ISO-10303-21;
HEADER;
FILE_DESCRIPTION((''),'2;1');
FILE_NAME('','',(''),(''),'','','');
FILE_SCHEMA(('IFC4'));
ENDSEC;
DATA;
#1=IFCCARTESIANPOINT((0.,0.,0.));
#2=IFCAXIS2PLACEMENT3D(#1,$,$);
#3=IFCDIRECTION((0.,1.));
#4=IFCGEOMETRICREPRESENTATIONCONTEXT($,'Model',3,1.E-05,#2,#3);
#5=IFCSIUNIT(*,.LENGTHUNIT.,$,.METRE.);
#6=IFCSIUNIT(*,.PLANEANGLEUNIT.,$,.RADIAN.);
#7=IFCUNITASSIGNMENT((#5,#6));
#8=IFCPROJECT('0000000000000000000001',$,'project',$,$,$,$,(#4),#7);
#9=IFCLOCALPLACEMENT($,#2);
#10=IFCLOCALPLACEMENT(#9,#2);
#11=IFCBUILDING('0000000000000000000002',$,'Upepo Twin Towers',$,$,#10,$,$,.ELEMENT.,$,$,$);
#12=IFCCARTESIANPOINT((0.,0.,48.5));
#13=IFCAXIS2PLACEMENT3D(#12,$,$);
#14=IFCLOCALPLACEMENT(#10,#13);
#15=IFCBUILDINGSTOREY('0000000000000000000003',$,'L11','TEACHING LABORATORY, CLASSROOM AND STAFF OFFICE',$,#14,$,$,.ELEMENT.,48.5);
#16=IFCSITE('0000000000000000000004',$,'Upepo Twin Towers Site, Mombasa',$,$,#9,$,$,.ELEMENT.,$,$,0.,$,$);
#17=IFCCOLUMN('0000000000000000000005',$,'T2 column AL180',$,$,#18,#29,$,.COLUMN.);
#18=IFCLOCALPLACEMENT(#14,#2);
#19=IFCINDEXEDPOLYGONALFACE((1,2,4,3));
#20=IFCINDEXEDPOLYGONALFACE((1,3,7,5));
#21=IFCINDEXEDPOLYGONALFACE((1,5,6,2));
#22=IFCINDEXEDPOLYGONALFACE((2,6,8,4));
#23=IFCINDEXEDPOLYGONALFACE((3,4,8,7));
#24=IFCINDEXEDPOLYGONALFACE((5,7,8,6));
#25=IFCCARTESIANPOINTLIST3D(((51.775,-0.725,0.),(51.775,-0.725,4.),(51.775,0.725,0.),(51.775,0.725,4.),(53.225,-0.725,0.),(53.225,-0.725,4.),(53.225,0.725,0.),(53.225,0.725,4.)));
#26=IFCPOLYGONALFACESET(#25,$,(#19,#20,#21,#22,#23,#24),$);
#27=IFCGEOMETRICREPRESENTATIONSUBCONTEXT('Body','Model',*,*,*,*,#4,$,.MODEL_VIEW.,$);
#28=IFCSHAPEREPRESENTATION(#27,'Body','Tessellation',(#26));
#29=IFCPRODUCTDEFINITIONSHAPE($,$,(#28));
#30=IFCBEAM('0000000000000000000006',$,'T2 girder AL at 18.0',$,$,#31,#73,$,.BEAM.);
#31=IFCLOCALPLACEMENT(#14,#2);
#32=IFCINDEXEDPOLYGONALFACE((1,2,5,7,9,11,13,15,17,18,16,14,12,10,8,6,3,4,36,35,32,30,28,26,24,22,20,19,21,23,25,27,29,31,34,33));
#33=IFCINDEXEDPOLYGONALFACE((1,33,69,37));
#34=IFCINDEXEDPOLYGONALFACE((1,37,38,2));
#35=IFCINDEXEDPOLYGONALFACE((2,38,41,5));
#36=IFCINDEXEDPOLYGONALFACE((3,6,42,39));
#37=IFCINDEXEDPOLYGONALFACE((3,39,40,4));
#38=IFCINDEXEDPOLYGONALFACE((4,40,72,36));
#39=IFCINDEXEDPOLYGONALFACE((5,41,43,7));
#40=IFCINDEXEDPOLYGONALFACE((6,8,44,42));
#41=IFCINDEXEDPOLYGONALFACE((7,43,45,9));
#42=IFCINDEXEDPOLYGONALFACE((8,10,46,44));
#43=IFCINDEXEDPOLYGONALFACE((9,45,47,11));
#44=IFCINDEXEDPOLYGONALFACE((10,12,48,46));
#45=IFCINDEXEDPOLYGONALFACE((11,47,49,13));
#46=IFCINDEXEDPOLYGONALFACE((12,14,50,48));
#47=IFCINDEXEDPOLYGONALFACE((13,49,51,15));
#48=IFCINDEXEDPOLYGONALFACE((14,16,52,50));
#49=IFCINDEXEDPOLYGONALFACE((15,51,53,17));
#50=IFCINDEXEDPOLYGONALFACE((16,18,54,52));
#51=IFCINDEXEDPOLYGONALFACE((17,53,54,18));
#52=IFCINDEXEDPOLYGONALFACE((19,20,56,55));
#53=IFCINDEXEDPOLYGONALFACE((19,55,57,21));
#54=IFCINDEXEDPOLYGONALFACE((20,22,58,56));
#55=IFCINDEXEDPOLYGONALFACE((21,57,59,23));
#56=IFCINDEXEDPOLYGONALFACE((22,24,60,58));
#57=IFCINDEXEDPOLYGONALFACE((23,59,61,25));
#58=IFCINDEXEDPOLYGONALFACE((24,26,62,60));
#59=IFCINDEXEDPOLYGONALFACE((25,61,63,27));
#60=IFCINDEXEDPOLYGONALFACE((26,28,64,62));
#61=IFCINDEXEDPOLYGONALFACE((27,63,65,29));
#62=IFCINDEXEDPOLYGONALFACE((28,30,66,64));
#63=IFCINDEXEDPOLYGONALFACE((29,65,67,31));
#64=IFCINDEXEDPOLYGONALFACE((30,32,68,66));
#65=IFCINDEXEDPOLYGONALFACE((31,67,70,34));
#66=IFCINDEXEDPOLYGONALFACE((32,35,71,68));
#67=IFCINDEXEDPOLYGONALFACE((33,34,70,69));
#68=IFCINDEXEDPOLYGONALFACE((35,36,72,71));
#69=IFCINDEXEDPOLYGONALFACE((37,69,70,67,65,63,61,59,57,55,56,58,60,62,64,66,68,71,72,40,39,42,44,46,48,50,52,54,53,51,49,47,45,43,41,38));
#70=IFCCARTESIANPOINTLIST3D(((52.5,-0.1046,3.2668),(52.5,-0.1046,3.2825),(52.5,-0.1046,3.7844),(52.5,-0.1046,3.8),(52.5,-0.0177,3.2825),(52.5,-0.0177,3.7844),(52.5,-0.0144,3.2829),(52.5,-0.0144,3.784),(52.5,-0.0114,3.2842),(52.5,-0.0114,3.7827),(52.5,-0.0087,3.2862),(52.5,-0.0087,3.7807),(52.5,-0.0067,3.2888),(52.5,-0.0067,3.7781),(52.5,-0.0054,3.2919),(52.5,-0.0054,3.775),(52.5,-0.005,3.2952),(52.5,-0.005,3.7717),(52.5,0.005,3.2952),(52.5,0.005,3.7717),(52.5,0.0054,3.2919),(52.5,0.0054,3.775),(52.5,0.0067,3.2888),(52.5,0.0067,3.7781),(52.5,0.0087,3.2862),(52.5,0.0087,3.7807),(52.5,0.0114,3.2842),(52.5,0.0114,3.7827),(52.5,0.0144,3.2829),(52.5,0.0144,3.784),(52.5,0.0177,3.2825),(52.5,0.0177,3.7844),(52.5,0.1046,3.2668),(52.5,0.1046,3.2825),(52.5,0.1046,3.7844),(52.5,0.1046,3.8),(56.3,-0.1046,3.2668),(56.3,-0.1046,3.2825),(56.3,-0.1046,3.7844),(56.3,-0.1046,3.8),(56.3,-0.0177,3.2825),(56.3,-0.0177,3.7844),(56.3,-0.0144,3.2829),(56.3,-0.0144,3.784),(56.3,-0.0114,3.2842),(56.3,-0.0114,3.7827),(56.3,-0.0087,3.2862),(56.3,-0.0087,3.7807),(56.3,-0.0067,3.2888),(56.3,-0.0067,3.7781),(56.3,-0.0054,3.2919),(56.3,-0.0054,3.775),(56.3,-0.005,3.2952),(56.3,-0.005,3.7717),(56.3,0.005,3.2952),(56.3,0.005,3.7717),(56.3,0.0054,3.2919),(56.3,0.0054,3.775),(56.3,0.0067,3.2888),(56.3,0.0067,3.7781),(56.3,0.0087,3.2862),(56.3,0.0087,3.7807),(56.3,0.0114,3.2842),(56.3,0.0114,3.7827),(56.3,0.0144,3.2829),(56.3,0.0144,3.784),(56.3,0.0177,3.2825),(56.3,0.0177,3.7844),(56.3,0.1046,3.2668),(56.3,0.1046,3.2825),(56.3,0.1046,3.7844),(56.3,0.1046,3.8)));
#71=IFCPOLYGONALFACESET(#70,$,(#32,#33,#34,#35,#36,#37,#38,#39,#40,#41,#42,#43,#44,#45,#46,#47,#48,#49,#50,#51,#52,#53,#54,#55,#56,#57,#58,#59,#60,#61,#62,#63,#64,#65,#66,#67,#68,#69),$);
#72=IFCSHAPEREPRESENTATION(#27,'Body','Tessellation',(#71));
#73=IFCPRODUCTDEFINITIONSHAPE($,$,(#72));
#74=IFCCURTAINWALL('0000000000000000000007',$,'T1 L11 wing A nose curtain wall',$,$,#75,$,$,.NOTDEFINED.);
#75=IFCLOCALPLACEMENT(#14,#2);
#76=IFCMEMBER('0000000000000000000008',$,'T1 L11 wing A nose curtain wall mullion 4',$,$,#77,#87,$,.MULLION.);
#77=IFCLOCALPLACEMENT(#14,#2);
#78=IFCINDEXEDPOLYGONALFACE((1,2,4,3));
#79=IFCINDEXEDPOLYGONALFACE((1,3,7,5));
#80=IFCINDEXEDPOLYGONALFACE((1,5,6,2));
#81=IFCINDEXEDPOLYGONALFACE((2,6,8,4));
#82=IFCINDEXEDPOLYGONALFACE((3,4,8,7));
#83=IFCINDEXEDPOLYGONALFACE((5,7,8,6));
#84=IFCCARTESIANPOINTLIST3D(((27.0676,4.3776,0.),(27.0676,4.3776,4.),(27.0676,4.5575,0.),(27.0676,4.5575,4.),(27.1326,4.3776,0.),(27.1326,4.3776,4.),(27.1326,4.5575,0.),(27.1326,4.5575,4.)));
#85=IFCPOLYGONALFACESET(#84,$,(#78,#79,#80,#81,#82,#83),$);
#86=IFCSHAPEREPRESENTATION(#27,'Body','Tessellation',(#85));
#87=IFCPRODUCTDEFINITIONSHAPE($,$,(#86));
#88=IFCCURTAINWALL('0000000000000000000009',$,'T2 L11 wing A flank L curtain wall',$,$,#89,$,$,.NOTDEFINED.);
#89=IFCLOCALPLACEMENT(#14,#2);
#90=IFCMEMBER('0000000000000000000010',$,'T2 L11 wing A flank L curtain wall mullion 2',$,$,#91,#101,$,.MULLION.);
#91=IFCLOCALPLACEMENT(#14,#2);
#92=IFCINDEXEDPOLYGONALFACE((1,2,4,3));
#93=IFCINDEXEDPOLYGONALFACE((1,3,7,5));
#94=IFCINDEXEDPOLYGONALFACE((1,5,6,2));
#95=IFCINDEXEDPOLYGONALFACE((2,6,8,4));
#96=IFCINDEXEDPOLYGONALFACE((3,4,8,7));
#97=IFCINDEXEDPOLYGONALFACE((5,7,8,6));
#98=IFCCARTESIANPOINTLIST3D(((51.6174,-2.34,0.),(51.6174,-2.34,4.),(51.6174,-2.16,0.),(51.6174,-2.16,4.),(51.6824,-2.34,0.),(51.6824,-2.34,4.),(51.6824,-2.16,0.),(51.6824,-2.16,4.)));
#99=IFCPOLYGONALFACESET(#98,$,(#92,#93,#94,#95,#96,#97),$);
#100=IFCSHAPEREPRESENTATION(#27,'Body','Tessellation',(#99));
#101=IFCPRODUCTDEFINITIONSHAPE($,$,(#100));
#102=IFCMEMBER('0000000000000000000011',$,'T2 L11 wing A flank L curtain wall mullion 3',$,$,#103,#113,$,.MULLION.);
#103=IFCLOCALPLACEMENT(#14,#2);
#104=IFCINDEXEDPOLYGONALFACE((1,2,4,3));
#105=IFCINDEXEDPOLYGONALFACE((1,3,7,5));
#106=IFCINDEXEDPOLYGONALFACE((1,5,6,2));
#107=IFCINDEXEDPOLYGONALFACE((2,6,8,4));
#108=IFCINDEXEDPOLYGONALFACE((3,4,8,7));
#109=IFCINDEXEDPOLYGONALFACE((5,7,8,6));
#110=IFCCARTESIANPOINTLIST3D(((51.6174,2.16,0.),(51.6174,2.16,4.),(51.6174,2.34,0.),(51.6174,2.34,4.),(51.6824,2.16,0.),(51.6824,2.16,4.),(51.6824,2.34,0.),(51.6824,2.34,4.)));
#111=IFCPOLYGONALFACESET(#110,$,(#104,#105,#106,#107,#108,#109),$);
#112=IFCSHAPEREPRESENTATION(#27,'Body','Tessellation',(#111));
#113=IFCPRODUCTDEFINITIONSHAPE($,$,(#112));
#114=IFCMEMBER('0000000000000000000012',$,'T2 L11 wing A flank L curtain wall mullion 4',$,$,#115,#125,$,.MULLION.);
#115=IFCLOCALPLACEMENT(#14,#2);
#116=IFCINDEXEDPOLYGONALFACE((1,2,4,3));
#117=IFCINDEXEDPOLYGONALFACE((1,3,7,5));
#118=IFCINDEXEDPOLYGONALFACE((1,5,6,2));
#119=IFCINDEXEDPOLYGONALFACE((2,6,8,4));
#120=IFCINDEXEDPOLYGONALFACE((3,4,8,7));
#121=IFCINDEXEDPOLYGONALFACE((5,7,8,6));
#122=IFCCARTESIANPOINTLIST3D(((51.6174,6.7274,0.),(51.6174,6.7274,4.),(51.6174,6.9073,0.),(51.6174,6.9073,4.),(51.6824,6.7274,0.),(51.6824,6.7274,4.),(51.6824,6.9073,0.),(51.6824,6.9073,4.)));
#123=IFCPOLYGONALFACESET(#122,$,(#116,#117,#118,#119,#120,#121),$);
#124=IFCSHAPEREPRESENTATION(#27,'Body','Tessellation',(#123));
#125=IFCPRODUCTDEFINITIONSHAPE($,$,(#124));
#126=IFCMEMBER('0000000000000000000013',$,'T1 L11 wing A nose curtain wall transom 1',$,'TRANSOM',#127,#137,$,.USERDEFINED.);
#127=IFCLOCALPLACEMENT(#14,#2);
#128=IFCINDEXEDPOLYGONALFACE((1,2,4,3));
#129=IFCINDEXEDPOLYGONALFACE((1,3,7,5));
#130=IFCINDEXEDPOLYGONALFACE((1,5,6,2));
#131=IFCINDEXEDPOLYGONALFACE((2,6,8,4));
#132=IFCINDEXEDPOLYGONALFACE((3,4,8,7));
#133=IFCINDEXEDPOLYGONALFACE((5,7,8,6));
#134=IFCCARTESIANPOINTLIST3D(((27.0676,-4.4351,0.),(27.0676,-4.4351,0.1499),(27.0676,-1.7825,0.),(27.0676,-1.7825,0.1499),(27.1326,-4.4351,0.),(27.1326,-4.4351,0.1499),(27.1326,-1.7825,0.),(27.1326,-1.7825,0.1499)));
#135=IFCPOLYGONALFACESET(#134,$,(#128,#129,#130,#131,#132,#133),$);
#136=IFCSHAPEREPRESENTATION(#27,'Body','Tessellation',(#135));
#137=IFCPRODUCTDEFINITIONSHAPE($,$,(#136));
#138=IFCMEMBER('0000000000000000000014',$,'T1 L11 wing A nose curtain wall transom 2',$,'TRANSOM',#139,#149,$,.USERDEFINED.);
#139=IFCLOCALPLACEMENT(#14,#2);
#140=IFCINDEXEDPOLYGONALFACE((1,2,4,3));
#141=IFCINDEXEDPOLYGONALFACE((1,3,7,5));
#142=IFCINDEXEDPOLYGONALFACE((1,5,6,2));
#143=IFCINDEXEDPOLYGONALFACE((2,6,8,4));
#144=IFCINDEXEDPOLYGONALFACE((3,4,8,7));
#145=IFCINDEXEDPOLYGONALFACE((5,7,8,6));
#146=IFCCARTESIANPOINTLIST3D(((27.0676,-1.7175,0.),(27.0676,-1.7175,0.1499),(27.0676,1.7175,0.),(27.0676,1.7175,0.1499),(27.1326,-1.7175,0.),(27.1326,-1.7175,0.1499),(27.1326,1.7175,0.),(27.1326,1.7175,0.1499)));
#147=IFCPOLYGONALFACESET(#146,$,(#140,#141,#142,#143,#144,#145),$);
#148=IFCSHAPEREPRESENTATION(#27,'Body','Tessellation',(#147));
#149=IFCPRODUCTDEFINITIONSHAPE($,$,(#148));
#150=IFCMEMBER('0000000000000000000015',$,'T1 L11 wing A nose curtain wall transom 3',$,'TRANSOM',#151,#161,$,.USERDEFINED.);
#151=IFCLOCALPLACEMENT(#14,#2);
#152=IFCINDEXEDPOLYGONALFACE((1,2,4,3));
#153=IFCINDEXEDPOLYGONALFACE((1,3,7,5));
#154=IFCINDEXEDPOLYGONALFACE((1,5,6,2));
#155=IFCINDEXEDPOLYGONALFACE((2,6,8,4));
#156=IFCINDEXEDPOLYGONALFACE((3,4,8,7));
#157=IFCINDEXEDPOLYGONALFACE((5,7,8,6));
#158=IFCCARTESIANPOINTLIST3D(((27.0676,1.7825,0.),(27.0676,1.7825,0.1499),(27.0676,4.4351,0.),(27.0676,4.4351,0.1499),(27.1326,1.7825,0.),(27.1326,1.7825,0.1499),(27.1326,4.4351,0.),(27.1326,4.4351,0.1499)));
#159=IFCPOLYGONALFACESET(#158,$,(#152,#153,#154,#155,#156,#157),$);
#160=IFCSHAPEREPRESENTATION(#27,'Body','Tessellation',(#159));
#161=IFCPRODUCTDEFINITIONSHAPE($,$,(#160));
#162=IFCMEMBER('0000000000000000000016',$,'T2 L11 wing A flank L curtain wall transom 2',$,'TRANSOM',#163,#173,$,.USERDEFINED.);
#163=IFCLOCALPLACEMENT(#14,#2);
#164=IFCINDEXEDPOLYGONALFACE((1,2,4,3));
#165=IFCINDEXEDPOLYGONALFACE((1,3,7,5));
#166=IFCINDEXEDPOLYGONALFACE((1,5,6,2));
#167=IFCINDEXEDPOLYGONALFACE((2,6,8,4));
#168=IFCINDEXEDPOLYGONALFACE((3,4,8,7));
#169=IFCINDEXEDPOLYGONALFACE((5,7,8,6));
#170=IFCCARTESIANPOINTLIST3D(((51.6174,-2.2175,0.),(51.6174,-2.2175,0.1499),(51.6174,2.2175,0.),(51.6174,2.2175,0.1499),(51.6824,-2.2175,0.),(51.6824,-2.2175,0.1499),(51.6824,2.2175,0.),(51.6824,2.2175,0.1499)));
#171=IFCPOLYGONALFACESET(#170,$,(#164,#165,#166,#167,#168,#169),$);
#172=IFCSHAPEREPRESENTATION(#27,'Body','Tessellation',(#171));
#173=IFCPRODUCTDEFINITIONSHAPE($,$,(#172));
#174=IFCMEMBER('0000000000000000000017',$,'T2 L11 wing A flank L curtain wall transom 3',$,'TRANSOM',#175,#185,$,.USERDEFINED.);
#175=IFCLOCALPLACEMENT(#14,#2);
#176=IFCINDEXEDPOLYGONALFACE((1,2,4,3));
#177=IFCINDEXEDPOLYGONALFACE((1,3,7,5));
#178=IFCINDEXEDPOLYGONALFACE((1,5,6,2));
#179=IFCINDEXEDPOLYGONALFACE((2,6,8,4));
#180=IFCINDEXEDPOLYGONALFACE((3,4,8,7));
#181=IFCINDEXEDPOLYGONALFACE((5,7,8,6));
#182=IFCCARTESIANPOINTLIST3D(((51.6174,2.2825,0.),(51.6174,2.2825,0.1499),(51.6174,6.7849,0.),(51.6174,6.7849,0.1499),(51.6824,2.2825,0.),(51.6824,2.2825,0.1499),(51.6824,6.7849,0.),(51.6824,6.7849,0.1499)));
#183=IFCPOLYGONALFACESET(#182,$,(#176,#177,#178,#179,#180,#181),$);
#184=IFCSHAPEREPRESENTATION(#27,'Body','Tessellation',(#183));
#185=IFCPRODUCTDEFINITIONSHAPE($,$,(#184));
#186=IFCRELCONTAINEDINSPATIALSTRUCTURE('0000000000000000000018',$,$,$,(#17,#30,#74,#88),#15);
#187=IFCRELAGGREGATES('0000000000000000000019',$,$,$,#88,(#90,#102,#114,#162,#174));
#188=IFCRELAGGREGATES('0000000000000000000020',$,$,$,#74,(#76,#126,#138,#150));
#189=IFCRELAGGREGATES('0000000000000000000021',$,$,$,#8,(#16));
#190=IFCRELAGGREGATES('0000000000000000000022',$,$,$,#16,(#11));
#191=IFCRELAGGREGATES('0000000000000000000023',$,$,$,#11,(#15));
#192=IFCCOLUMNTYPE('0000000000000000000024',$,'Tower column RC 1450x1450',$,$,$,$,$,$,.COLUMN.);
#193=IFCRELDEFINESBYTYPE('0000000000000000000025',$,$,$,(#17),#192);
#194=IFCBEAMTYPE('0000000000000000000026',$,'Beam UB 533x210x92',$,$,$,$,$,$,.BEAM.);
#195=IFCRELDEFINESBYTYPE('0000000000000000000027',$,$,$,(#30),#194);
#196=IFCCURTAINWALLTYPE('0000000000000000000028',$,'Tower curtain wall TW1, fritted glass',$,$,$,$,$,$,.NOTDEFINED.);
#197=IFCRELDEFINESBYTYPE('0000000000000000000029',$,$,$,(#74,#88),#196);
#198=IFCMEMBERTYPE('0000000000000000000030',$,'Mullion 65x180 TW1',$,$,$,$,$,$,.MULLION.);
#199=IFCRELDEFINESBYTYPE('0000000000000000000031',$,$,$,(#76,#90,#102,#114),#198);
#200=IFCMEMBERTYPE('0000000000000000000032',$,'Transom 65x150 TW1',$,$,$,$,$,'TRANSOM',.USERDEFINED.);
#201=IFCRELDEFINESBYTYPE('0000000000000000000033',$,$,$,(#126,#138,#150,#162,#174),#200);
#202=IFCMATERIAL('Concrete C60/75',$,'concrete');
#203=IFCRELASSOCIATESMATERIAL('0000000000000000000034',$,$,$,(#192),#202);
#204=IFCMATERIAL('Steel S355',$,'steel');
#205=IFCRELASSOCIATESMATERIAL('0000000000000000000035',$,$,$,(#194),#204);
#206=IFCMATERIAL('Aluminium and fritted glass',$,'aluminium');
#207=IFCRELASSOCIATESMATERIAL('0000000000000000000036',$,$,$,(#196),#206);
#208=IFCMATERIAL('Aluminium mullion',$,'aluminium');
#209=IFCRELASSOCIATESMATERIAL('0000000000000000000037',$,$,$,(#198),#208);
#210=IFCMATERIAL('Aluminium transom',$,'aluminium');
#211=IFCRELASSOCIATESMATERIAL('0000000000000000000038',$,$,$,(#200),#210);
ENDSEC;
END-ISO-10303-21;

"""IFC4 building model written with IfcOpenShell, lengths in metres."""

from ifc_helpers import new_model, si_unit, direction, frame, origin, origin_2d, place, context, subcontext, project, spatial, rectangle, i_section, extrude, material, material_profile, profile_set, type_object, element, aggregate, save


model = new_model("IFC4")

# Units and contexts
model_context = context("Model", 3, precision=1e-05, world=origin(), true_north=direction((0.0, 1.0)))
body_context = subcontext(model_context, "Body", "Model", "MODEL_VIEW")
ifc_project = project(units=[si_unit("LENGTHUNIT", "METRE"), si_unit("PLANEANGLEUNIT", "RADIAN")], contexts=[model_context])

# Site, building, storey
site_placement = place(None, origin())
site = spatial("IfcSite", under=ifc_project, at=site_placement, Name="Upepo Twin Towers Site, Mombasa", CompositionType="ELEMENT", RefElevation=0.0)
building_placement = place(site_placement, origin())
building = spatial("IfcBuilding", under=site, at=building_placement, Name="Upepo Twin Towers", CompositionType="ELEMENT")
storey_placement = place(building_placement, frame((0.0, 0.0, 48.5)))
storey = spatial("IfcBuildingStorey", under=building, at=storey_placement, Name="L11", Description="TEACHING LABORATORY, CLASSROOM AND STAFF OFFICE", CompositionType="ELEMENT", Elevation=48.5)

# Column
ifc_material_1 = material(Name="Concrete C60/75", Category="concrete")
ifc_material_profile_1 = material_profile(ifc_material_1, rectangle(XDim=1.45, YDim=1.45, at=origin_2d()), Name="RC 1450x1450")
ifc_profile_set_1 = profile_set([ifc_material_profile_1], Name="Concrete C60/75")
column_type = type_object("IfcColumnType", Name="Tower column RC 1450x1450", PredefinedType="COLUMN", material=ifc_profile_set_1)
column_placement = place(storey_placement, frame((52.5, 0.0, 0.0), z_axis=(0.0, 0.0, 1.0), x_axis=(1.0, 0.0, 0.0)))
element("IfcColumn", 1, at=column_placement, inside=storey, type_object=column_type, Name="T2 column AL180", PredefinedType="COLUMN", context=body_context, shape_type="SweptSolid", body=[
    extrude(rectangle(XDim=1.45, YDim=1.45, at=origin_2d()), origin(), (0.0, 0.0, 1.0), 4.0),
])

# Beam
ifc_material_2 = material(Name="Steel S355", Category="steel")
ifc_material_profile_2 = material_profile(ifc_material_2, i_section(OverallWidth=0.2092, OverallDepth=0.5332, WebThickness=0.01, FlangeThickness=0.0156, FilletRadius=0.0127, at=origin_2d()), Name="UB 533x210x92")
ifc_profile_set_2 = profile_set([ifc_material_profile_2], Name="Steel S355")
beam_type = type_object("IfcBeamType", Name="Beam UB 533x210x92", PredefinedType="BEAM", material=ifc_profile_set_2)
beam_placement = place(storey_placement, frame((52.5, 0.0, 3.5334), z_axis=(1.0, 0.0, 0.0), x_axis=(0.0, 1.0, 0.0)))
element("IfcBeam", 2, at=beam_placement, inside=storey, type_object=beam_type, Name="T2 girder AL at 18.0", PredefinedType="BEAM", context=body_context, shape_type="SweptSolid", body=[
    extrude(i_section(OverallWidth=0.2092, OverallDepth=0.5332, WebThickness=0.01, FlangeThickness=0.0156, FilletRadius=0.0127, at=origin_2d()), origin(), (0.0, 0.0, 1.0), 3.8),
])

# Curtain wall, member
ifc_material_3 = material(Name="Aluminium and fritted glass", Category="aluminium")
curtain_wall_type = type_object("IfcCurtainWallType", Name="Tower curtain wall TW1, fritted glass", PredefinedType="NOTDEFINED", material=ifc_material_3)
curtain_wall_1_placement = place(storey_placement, origin())
curtain_wall_1 = element("IfcCurtainWall", 3, at=curtain_wall_1_placement, inside=storey, type_object=curtain_wall_type, Name="T1 L11 wing A nose curtain wall", PredefinedType="NOTDEFINED")
ifc_material_4 = material(Name="Aluminium mullion", Category="aluminium")
ifc_material_profile_3 = material_profile(ifc_material_4, rectangle(XDim=0.0649, YDim=0.1799, at=origin_2d()), Name="MULLION 65x180")
ifc_profile_set_3 = profile_set([ifc_material_profile_3], Name="Aluminium mullion")
member_type_1 = type_object("IfcMemberType", Name="Mullion 65x180 TW1", PredefinedType="MULLION", material=ifc_profile_set_3)
member_1_placement = place(storey_placement, frame((27.1001, 4.4675, 0.0), z_axis=(0.0, 0.0, 1.0), x_axis=(-1.0, 0.0, 0.0)))
member_1 = element("IfcMember", 4, at=member_1_placement, type_object=member_type_1, Name="T1 L11 wing A nose curtain wall mullion 4", PredefinedType="MULLION", context=body_context, shape_type="SweptSolid", body=[
    extrude(rectangle(XDim=0.0649, YDim=0.1799, at=origin_2d()), origin(), (0.0, 0.0, 1.0), 4.0),
])

# Curtain wall, members
curtain_wall_2_placement = place(storey_placement, origin())
curtain_wall_2 = element("IfcCurtainWall", 5, at=curtain_wall_2_placement, inside=storey, type_object=curtain_wall_type, Name="T2 L11 wing A flank L curtain wall", PredefinedType="NOTDEFINED")
member_2_placement = place(storey_placement, frame((51.6499, -2.25, 0.0), z_axis=(0.0, 0.0, 1.0), x_axis=(-1.0, 0.0, 0.0)))
member_2 = element("IfcMember", 6, at=member_2_placement, type_object=member_type_1, Name="T2 L11 wing A flank L curtain wall mullion 2", PredefinedType="MULLION", context=body_context, shape_type="SweptSolid", body=[
    extrude(rectangle(XDim=0.0649, YDim=0.1799, at=origin_2d()), origin(), (0.0, 0.0, 1.0), 4.0),
])
member_3_placement = place(storey_placement, frame((51.6499, 2.25, 0.0), z_axis=(0.0, 0.0, 1.0), x_axis=(-1.0, 0.0, 0.0)))
member_3 = element("IfcMember", 7, at=member_3_placement, type_object=member_type_1, Name="T2 L11 wing A flank L curtain wall mullion 3", PredefinedType="MULLION", context=body_context, shape_type="SweptSolid", body=[
    extrude(rectangle(XDim=0.0649, YDim=0.1799, at=origin_2d()), origin(), (0.0, 0.0, 1.0), 4.0),
])
member_4_placement = place(storey_placement, frame((51.6499, 6.8174, 0.0), z_axis=(0.0, 0.0, 1.0), x_axis=(-1.0, 0.0, 0.0)))
member_4 = element("IfcMember", 8, at=member_4_placement, type_object=member_type_1, Name="T2 L11 wing A flank L curtain wall mullion 4", PredefinedType="MULLION", context=body_context, shape_type="SweptSolid", body=[
    extrude(rectangle(XDim=0.0649, YDim=0.1799, at=origin_2d()), origin(), (0.0, 0.0, 1.0), 4.0),
])

# Members
ifc_material_5 = material(Name="Aluminium transom", Category="aluminium")
ifc_material_profile_4 = material_profile(ifc_material_5, rectangle(XDim=0.0649, YDim=0.1499, at=origin_2d()), Name="TRANSOM 65x150")
ifc_profile_set_4 = profile_set([ifc_material_profile_4], Name="Aluminium transom")
member_type_2 = type_object("IfcMemberType", Name="Transom 65x150 TW1", ElementType="TRANSOM", PredefinedType="USERDEFINED", material=ifc_profile_set_4)
member_5_placement = place(storey_placement, frame((27.1001, -4.4351, 0.075), z_axis=(0.0, 1.0, 0.0), x_axis=(-1.0, 0.0, 0.0)))
member_5 = element("IfcMember", 9, at=member_5_placement, type_object=member_type_2, Name="T1 L11 wing A nose curtain wall transom 1", ObjectType="TRANSOM", PredefinedType="USERDEFINED", context=body_context, shape_type="SweptSolid", body=[
    extrude(rectangle(XDim=0.0649, YDim=0.1499, at=origin_2d()), origin(), (0.0, 0.0, 1.0), 2.6526),
])
member_6_placement = place(storey_placement, frame((27.1001, -1.7175, 0.075), z_axis=(0.0, 1.0, 0.0), x_axis=(-1.0, 0.0, 0.0)))
member_6 = element("IfcMember", 10, at=member_6_placement, type_object=member_type_2, Name="T1 L11 wing A nose curtain wall transom 2", ObjectType="TRANSOM", PredefinedType="USERDEFINED", context=body_context, shape_type="SweptSolid", body=[
    extrude(rectangle(XDim=0.0649, YDim=0.1499, at=origin_2d()), origin(), (0.0, 0.0, 1.0), 3.4351),
])
member_7_placement = place(storey_placement, frame((27.1001, 1.7825, 0.075), z_axis=(0.0, 1.0, 0.0), x_axis=(-1.0, 0.0, 0.0)))
member_7 = element("IfcMember", 11, at=member_7_placement, type_object=member_type_2, Name="T1 L11 wing A nose curtain wall transom 3", ObjectType="TRANSOM", PredefinedType="USERDEFINED", context=body_context, shape_type="SweptSolid", body=[
    extrude(rectangle(XDim=0.0649, YDim=0.1499, at=origin_2d()), origin(), (0.0, 0.0, 1.0), 2.6526),
])
member_8_placement = place(storey_placement, frame((51.6499, -2.2175, 0.075), z_axis=(0.0, 1.0, 0.0), x_axis=(-1.0, 0.0, 0.0)))
member_8 = element("IfcMember", 12, at=member_8_placement, type_object=member_type_2, Name="T2 L11 wing A flank L curtain wall transom 2", ObjectType="TRANSOM", PredefinedType="USERDEFINED", context=body_context, shape_type="SweptSolid", body=[
    extrude(rectangle(XDim=0.0649, YDim=0.1499, at=origin_2d()), origin(), (0.0, 0.0, 1.0), 4.4351),
])
member_9_placement = place(storey_placement, frame((51.6499, 2.2825, 0.075), z_axis=(0.0, 1.0, 0.0), x_axis=(-1.0, 0.0, 0.0)))
member_9 = element("IfcMember", 13, at=member_9_placement, type_object=member_type_2, Name="T2 L11 wing A flank L curtain wall transom 3", ObjectType="TRANSOM", PredefinedType="USERDEFINED", context=body_context, shape_type="SweptSolid", body=[
    extrude(rectangle(XDim=0.0649, YDim=0.1499, at=origin_2d()), origin(), (0.0, 0.0, 1.0), 4.5024),
])

aggregate(curtain_wall_2, [member_2, member_3, member_4, member_8, member_9])
aggregate(curtain_wall_1, [member_1, member_5, member_6, member_7])

save(model, "model.ifc")
